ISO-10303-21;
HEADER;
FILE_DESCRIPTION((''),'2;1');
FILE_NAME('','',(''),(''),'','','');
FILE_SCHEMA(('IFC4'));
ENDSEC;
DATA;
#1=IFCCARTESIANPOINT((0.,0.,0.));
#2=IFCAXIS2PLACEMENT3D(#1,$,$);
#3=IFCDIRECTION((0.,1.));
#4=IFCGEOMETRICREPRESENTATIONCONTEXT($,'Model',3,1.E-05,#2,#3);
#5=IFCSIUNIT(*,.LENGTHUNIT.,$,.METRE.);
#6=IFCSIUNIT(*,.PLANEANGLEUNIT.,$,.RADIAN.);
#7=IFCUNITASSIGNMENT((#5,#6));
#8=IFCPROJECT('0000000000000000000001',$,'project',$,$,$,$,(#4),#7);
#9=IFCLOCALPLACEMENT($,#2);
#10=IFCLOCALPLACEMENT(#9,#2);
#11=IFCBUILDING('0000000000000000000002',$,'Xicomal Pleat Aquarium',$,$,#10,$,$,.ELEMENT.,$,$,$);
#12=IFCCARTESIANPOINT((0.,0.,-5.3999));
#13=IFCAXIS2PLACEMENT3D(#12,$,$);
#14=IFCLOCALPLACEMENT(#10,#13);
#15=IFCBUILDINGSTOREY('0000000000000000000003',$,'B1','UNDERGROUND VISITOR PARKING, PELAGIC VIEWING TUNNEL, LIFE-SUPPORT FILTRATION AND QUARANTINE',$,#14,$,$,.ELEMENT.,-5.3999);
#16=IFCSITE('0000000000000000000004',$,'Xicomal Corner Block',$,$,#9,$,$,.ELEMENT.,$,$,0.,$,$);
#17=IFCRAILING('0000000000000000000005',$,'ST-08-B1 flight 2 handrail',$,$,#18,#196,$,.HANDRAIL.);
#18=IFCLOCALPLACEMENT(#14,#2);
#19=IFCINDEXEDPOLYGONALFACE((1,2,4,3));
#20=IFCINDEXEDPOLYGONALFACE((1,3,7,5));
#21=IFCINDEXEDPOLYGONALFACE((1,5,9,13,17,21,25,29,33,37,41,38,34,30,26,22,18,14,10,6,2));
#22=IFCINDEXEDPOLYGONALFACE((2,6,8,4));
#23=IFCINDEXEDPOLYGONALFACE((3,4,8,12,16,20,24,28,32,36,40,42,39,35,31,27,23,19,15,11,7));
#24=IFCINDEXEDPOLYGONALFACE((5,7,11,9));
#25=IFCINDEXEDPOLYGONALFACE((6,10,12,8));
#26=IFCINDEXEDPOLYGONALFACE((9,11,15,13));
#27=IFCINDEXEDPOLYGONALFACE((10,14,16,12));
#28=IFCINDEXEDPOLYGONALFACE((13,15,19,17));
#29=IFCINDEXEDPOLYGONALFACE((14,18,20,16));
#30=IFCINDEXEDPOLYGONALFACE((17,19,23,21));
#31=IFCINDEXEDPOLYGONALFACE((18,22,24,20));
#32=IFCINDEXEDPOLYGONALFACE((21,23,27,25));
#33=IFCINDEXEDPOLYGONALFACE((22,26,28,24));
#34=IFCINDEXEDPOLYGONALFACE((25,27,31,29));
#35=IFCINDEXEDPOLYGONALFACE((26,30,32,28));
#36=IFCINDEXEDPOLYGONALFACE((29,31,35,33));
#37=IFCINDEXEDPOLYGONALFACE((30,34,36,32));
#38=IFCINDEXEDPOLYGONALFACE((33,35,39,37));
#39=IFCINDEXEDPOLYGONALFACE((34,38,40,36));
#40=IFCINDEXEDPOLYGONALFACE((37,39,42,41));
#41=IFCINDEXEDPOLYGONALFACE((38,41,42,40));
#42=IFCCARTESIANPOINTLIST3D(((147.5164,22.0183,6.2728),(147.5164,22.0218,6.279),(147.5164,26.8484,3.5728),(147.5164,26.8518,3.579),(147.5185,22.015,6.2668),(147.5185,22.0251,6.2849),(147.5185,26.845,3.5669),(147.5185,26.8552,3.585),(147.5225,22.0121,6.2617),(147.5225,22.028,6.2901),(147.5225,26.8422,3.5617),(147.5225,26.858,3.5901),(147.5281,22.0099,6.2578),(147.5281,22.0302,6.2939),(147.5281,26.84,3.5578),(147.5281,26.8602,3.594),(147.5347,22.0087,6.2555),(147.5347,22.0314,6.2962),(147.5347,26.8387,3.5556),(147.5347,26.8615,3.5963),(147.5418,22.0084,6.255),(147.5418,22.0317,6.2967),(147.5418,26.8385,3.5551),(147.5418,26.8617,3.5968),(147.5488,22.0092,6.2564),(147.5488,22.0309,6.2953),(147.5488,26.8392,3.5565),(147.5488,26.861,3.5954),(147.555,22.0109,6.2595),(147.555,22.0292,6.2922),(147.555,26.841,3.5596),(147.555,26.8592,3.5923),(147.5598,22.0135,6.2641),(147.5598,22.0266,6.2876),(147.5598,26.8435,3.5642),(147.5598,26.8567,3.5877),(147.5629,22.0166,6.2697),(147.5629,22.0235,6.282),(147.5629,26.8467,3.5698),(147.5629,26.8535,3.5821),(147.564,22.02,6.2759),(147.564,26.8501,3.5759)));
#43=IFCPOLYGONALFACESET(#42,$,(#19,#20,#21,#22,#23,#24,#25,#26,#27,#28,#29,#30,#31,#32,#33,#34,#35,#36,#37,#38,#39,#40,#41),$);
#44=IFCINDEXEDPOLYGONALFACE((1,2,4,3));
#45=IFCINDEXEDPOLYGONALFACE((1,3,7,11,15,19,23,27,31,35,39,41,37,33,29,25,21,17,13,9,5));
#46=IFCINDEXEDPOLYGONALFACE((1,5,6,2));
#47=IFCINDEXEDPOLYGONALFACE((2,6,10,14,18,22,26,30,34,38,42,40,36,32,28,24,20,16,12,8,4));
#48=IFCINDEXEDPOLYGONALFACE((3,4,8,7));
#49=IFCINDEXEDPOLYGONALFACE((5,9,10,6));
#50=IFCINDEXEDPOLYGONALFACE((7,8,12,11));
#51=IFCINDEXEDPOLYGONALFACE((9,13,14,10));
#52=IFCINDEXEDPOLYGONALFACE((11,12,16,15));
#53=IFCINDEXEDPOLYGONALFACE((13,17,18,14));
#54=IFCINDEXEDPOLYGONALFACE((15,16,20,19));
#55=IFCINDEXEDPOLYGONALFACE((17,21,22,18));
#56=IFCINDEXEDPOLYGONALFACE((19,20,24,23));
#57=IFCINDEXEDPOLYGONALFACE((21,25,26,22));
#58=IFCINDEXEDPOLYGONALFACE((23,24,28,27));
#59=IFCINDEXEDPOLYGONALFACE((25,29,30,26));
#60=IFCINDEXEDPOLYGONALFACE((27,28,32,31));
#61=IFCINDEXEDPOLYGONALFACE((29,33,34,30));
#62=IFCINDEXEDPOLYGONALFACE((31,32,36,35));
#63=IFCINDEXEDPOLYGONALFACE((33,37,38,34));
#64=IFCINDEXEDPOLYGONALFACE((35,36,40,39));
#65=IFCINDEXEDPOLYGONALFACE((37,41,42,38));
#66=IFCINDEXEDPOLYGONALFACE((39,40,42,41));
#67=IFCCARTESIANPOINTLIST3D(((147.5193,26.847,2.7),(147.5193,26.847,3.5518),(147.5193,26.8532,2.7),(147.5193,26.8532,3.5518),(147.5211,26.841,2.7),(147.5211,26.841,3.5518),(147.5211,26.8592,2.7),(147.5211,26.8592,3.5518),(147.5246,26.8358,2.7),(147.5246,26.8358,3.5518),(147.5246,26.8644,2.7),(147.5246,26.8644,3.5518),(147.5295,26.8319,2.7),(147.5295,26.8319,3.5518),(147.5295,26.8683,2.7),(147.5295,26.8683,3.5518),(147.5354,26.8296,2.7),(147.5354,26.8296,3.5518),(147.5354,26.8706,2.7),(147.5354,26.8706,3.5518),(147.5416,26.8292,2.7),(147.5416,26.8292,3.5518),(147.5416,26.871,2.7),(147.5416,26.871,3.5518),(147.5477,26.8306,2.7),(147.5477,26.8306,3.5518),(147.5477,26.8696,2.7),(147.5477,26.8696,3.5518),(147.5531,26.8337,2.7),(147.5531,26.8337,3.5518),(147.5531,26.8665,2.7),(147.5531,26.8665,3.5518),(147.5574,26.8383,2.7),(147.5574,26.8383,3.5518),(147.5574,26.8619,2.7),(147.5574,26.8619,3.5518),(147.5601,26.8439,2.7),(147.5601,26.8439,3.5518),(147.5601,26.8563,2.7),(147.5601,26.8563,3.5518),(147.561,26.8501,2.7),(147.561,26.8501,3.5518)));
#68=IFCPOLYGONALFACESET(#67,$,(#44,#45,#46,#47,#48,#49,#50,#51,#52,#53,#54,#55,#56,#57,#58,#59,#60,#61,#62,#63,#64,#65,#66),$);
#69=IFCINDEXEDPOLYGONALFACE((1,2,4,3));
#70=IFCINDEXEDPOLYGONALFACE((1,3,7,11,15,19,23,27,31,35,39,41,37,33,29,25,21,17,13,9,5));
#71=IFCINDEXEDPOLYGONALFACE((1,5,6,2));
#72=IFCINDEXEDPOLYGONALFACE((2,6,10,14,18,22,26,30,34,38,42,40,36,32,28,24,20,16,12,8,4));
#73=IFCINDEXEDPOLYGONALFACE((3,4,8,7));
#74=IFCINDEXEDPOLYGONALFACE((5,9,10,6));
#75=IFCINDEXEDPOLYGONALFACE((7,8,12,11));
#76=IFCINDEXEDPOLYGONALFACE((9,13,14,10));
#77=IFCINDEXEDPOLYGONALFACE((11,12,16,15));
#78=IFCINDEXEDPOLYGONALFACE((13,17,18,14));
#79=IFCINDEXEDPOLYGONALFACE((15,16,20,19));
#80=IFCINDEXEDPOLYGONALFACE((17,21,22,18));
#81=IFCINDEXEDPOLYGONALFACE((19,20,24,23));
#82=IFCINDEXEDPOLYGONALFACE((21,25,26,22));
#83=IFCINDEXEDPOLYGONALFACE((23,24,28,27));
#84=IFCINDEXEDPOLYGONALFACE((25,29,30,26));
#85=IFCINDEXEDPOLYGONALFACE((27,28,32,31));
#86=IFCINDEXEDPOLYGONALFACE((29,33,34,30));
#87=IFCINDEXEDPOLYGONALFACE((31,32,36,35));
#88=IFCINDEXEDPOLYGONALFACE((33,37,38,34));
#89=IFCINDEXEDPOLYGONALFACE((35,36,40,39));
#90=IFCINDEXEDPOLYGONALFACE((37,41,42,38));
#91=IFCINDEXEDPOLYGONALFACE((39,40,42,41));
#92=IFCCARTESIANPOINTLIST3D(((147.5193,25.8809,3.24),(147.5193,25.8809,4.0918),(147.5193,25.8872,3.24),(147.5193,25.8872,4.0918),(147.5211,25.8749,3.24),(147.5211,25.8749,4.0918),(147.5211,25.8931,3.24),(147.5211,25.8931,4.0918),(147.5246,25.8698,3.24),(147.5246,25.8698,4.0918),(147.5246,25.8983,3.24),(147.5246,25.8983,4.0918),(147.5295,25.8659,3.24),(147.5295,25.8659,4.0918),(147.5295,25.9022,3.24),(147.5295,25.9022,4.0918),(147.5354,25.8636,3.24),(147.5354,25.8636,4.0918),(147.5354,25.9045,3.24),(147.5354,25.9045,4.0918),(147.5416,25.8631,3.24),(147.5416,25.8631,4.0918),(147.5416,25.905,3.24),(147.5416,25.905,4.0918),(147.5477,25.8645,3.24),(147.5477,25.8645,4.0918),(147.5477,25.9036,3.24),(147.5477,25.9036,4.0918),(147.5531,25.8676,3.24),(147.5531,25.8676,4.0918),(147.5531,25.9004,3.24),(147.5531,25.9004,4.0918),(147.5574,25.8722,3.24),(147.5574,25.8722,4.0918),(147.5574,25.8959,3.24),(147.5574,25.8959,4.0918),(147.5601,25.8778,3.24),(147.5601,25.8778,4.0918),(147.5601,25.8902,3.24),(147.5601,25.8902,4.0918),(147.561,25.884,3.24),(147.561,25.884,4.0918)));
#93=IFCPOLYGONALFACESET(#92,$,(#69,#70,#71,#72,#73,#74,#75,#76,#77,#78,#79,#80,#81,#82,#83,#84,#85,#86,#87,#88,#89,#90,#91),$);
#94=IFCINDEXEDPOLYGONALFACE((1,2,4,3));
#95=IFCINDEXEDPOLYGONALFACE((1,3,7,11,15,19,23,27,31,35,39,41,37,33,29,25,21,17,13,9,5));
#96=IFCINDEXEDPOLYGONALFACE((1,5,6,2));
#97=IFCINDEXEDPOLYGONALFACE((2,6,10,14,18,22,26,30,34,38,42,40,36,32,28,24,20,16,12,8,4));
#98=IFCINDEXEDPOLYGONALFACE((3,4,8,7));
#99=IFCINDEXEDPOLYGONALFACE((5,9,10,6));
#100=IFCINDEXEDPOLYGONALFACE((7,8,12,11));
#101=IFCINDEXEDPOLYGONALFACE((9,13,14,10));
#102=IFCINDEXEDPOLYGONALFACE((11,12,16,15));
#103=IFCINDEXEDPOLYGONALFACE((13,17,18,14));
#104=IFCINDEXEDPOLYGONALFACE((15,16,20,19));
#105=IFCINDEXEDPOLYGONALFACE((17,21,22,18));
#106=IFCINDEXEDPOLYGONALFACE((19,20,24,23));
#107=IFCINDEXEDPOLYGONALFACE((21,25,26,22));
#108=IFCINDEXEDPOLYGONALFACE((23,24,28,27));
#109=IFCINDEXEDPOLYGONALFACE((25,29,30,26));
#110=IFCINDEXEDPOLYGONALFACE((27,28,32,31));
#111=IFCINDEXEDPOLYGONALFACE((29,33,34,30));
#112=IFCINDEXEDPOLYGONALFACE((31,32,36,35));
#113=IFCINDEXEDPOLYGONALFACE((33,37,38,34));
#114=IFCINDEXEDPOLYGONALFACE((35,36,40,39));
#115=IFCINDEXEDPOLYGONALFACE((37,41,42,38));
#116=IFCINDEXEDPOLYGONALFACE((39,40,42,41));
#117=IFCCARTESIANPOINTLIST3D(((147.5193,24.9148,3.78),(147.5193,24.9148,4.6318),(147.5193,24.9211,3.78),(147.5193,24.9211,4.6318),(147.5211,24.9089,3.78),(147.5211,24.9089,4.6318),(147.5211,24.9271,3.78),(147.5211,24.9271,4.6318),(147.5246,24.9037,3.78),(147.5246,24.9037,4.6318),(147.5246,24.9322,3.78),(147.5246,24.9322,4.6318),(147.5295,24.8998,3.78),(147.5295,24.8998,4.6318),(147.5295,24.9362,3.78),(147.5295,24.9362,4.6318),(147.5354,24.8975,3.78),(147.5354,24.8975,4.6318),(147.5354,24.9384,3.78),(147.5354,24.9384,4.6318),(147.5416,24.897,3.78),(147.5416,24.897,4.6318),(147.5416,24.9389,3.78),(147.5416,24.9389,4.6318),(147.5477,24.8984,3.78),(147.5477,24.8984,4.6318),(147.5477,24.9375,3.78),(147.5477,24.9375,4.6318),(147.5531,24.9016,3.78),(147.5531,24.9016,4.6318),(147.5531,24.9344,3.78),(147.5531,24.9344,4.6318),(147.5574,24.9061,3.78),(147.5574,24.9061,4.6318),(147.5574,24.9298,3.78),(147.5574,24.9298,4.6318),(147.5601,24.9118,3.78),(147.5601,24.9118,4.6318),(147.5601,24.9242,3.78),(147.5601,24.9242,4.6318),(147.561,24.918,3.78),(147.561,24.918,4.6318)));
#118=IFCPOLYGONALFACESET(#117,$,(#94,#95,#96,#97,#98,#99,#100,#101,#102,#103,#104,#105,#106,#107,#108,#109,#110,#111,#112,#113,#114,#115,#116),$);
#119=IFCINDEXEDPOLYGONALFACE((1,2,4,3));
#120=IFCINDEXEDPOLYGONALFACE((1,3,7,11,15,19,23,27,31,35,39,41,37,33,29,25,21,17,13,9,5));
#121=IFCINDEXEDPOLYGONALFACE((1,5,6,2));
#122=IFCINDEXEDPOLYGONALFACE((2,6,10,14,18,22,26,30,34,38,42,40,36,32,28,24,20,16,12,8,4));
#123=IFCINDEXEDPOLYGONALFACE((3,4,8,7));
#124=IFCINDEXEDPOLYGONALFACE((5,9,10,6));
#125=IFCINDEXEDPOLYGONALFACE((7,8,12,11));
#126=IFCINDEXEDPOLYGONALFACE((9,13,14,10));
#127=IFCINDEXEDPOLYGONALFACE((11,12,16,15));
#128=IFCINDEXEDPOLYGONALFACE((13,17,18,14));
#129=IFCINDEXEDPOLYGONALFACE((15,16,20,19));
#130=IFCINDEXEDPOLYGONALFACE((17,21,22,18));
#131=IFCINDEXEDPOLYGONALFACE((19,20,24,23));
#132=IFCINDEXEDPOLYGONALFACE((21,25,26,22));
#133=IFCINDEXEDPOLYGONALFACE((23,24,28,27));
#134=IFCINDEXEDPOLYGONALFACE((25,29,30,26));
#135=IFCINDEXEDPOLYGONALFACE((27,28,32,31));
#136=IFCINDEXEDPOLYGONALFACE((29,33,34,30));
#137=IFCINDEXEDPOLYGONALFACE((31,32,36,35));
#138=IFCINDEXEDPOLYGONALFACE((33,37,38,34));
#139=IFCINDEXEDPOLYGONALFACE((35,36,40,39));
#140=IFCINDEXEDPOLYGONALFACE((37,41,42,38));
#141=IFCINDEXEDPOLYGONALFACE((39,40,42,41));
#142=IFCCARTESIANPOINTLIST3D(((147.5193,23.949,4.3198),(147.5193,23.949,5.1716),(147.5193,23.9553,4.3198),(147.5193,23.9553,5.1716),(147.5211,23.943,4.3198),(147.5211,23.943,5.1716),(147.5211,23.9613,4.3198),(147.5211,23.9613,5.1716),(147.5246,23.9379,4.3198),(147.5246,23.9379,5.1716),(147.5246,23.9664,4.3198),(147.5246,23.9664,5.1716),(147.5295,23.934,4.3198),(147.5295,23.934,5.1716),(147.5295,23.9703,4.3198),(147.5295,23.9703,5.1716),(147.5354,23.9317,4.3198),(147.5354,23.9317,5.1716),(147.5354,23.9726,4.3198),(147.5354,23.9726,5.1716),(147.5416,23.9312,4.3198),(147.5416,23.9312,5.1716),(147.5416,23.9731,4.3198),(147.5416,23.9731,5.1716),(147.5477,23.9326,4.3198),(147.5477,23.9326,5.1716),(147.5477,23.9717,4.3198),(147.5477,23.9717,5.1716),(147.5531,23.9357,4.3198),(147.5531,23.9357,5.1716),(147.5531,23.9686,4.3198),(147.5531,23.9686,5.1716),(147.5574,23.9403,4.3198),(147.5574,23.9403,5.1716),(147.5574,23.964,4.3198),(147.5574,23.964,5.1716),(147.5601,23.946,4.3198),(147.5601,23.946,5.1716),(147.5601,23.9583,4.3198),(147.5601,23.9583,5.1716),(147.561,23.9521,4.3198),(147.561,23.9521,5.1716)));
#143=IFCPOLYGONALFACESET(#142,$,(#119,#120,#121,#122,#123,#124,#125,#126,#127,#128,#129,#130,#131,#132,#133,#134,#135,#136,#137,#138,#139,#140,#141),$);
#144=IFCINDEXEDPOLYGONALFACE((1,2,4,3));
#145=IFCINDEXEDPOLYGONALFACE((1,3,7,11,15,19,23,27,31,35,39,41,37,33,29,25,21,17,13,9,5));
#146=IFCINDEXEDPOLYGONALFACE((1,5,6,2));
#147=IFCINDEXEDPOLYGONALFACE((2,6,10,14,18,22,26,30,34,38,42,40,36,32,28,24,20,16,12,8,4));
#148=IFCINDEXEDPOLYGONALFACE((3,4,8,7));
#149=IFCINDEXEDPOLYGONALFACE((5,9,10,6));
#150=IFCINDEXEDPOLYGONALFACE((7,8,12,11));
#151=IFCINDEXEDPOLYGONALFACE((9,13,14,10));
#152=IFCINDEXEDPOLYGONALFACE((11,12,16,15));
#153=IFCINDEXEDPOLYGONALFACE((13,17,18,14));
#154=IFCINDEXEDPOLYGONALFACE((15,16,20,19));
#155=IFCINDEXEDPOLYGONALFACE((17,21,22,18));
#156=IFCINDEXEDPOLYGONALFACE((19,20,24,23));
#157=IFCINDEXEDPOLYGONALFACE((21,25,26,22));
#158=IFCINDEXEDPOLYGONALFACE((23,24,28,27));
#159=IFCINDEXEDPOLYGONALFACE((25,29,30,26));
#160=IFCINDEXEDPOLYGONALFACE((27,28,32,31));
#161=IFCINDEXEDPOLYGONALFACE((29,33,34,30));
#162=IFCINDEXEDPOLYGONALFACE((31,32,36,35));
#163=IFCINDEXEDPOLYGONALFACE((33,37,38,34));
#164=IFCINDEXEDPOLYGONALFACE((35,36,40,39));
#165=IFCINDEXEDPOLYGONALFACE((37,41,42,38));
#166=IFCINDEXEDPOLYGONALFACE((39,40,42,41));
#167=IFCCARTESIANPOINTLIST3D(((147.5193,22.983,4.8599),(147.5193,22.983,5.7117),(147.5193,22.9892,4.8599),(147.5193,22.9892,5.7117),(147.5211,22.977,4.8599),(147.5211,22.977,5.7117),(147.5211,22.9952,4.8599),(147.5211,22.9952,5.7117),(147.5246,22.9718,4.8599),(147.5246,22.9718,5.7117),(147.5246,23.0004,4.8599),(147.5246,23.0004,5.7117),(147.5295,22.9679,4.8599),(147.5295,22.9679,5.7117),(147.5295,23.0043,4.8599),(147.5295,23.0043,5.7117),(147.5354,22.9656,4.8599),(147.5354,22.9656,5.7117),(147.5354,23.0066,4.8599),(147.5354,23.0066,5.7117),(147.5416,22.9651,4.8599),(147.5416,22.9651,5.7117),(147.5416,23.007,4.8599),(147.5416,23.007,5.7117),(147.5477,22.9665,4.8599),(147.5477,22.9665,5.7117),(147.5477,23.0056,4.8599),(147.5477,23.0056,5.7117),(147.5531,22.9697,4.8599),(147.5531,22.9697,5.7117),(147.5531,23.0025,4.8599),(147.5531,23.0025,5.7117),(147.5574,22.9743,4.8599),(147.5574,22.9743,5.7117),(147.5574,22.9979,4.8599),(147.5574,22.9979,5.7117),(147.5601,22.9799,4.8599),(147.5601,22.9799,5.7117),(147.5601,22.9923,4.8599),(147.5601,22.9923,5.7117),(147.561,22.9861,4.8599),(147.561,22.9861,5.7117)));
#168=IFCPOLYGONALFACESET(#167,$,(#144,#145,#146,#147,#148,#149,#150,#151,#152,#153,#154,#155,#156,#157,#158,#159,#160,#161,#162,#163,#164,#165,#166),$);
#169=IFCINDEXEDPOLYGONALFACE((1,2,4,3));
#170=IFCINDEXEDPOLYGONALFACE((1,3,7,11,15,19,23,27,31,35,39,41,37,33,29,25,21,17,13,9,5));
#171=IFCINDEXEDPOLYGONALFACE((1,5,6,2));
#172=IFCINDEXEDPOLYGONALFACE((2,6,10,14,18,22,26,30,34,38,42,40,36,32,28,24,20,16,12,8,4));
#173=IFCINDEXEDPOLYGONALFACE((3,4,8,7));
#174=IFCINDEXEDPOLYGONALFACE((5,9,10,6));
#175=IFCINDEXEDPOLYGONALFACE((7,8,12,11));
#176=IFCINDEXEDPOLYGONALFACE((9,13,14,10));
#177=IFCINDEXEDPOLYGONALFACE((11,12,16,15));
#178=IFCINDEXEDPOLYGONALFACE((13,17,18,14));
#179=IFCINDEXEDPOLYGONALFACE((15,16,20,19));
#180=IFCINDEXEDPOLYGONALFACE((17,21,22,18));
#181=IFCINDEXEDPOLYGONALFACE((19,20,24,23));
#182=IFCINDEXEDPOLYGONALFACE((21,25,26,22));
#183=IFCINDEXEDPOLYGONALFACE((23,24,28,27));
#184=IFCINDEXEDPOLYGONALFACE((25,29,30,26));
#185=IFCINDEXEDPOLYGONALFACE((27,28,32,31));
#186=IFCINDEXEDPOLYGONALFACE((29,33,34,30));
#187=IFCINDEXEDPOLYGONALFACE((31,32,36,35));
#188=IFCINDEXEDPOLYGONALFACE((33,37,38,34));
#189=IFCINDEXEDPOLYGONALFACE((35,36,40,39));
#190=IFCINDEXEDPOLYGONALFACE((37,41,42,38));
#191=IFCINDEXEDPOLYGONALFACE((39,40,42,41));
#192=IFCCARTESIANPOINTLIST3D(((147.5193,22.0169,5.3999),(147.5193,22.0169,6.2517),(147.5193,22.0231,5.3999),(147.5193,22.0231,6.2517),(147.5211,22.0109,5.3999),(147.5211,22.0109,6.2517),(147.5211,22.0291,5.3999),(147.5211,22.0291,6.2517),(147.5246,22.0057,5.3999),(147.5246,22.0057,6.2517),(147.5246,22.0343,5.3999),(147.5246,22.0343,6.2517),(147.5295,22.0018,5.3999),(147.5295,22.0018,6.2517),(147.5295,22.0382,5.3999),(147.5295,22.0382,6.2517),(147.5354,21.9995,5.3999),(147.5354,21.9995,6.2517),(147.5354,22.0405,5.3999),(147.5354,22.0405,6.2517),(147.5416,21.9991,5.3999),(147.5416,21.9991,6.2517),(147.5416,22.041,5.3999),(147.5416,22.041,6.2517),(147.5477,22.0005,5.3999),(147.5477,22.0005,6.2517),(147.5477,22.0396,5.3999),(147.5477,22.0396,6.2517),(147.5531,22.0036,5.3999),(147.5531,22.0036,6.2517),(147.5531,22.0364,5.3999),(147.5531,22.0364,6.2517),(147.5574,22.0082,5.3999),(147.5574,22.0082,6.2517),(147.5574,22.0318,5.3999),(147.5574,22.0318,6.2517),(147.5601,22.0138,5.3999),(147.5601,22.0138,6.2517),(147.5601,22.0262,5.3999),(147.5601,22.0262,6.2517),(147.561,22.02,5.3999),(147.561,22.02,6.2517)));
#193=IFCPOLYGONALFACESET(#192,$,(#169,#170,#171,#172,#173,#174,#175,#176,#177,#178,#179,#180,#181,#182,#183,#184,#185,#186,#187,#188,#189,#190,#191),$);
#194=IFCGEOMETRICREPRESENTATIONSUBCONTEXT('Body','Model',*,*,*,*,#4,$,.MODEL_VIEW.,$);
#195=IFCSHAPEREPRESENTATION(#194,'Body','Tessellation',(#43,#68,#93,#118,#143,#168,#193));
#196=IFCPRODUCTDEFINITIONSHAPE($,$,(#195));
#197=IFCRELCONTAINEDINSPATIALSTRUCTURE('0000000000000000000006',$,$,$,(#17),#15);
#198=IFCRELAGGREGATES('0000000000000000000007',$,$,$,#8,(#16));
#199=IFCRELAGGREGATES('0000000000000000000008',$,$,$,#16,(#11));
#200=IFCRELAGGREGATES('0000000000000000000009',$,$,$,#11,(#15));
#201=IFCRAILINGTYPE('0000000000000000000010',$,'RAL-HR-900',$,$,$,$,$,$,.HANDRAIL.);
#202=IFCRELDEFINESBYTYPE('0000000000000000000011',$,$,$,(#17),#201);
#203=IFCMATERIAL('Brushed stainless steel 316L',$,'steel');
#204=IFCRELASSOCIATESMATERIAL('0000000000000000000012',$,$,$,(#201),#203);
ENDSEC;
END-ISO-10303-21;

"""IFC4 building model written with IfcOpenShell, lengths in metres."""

from ifc_helpers import new_model, si_unit, direction, frame, origin, origin_2d, place, context, subcontext, project, spatial, circle, extrude, material, type_object, element, save


model = new_model("IFC4")

# Units and contexts
model_context = context("Model", 3, precision=1e-05, world=origin(), true_north=direction((0.0, 1.0)))
body_context = subcontext(model_context, "Body", "Model", "MODEL_VIEW")
ifc_project = project(units=[si_unit("LENGTHUNIT", "METRE"), si_unit("PLANEANGLEUNIT", "RADIAN")], contexts=[model_context])

# Site, building, storey
site_placement = place(None, origin())
site = spatial("IfcSite", under=ifc_project, at=site_placement, Name="Xicomal Corner Block", CompositionType="ELEMENT", RefElevation=0.0)
building_placement = place(site_placement, origin())
building = spatial("IfcBuilding", under=site, at=building_placement, Name="Xicomal Pleat Aquarium", CompositionType="ELEMENT")
storey_placement = place(building_placement, frame((0.0, 0.0, -5.3999)))
storey = spatial("IfcBuildingStorey", under=building, at=storey_placement, Name="B1", Description="UNDERGROUND VISITOR PARKING, PELAGIC VIEWING TUNNEL, LIFE-SUPPORT FILTRATION AND QUARANTINE", CompositionType="ELEMENT", Elevation=-5.3999)

# Railing
ifc_material_1 = material(Name="Brushed stainless steel 316L", Category="steel")
railing_type_1 = type_object("IfcRailingType", Name="RAL-HR-900", PredefinedType="HANDRAIL", material=ifc_material_1)
railing_1_placement = place(storey_placement, frame((147.54, 26.8501, 2.7)))
element("IfcRailing", 1, at=railing_1_placement, inside=storey, type_object=railing_type_1, Name="ST-08-B1 flight 2 handrail", PredefinedType="HANDRAIL", context=body_context, shape_type="SweptSolid", body=[
    extrude(circle(Radius=0.0239, at=origin_2d()), frame((0.0, 0.0, 0.876), z_axis=(0.0, -0.872883, 0.48793), x_axis=(1.0, 0.0, 0.0)), (0.0, 0.0, 1.0), 5.5334),
    extrude(circle(Radius=0.021, at=origin_2d()), origin(), (0.0, 0.0, 1.0), 0.8518),
    extrude(circle(Radius=0.021, at=origin_2d()), frame((0.0, -0.9661, 0.54)), (0.0, 0.0, 1.0), 0.8518),
    extrude(circle(Radius=0.021, at=origin_2d()), frame((0.0, -1.9321, 1.0801)), (0.0, 0.0, 1.0), 0.8518),
    extrude(circle(Radius=0.021, at=origin_2d()), frame((0.0, -2.8979, 1.6199)), (0.0, 0.0, 1.0), 0.8518),
    extrude(circle(Radius=0.021, at=origin_2d()), frame((0.0, -3.864, 2.1599)), (0.0, 0.0, 1.0), 0.8518),
    extrude(circle(Radius=0.021, at=origin_2d()), frame((0.0, -4.8301, 2.7)), (0.0, 0.0, 1.0), 0.8518),
])

save(model, "model.ifc")
